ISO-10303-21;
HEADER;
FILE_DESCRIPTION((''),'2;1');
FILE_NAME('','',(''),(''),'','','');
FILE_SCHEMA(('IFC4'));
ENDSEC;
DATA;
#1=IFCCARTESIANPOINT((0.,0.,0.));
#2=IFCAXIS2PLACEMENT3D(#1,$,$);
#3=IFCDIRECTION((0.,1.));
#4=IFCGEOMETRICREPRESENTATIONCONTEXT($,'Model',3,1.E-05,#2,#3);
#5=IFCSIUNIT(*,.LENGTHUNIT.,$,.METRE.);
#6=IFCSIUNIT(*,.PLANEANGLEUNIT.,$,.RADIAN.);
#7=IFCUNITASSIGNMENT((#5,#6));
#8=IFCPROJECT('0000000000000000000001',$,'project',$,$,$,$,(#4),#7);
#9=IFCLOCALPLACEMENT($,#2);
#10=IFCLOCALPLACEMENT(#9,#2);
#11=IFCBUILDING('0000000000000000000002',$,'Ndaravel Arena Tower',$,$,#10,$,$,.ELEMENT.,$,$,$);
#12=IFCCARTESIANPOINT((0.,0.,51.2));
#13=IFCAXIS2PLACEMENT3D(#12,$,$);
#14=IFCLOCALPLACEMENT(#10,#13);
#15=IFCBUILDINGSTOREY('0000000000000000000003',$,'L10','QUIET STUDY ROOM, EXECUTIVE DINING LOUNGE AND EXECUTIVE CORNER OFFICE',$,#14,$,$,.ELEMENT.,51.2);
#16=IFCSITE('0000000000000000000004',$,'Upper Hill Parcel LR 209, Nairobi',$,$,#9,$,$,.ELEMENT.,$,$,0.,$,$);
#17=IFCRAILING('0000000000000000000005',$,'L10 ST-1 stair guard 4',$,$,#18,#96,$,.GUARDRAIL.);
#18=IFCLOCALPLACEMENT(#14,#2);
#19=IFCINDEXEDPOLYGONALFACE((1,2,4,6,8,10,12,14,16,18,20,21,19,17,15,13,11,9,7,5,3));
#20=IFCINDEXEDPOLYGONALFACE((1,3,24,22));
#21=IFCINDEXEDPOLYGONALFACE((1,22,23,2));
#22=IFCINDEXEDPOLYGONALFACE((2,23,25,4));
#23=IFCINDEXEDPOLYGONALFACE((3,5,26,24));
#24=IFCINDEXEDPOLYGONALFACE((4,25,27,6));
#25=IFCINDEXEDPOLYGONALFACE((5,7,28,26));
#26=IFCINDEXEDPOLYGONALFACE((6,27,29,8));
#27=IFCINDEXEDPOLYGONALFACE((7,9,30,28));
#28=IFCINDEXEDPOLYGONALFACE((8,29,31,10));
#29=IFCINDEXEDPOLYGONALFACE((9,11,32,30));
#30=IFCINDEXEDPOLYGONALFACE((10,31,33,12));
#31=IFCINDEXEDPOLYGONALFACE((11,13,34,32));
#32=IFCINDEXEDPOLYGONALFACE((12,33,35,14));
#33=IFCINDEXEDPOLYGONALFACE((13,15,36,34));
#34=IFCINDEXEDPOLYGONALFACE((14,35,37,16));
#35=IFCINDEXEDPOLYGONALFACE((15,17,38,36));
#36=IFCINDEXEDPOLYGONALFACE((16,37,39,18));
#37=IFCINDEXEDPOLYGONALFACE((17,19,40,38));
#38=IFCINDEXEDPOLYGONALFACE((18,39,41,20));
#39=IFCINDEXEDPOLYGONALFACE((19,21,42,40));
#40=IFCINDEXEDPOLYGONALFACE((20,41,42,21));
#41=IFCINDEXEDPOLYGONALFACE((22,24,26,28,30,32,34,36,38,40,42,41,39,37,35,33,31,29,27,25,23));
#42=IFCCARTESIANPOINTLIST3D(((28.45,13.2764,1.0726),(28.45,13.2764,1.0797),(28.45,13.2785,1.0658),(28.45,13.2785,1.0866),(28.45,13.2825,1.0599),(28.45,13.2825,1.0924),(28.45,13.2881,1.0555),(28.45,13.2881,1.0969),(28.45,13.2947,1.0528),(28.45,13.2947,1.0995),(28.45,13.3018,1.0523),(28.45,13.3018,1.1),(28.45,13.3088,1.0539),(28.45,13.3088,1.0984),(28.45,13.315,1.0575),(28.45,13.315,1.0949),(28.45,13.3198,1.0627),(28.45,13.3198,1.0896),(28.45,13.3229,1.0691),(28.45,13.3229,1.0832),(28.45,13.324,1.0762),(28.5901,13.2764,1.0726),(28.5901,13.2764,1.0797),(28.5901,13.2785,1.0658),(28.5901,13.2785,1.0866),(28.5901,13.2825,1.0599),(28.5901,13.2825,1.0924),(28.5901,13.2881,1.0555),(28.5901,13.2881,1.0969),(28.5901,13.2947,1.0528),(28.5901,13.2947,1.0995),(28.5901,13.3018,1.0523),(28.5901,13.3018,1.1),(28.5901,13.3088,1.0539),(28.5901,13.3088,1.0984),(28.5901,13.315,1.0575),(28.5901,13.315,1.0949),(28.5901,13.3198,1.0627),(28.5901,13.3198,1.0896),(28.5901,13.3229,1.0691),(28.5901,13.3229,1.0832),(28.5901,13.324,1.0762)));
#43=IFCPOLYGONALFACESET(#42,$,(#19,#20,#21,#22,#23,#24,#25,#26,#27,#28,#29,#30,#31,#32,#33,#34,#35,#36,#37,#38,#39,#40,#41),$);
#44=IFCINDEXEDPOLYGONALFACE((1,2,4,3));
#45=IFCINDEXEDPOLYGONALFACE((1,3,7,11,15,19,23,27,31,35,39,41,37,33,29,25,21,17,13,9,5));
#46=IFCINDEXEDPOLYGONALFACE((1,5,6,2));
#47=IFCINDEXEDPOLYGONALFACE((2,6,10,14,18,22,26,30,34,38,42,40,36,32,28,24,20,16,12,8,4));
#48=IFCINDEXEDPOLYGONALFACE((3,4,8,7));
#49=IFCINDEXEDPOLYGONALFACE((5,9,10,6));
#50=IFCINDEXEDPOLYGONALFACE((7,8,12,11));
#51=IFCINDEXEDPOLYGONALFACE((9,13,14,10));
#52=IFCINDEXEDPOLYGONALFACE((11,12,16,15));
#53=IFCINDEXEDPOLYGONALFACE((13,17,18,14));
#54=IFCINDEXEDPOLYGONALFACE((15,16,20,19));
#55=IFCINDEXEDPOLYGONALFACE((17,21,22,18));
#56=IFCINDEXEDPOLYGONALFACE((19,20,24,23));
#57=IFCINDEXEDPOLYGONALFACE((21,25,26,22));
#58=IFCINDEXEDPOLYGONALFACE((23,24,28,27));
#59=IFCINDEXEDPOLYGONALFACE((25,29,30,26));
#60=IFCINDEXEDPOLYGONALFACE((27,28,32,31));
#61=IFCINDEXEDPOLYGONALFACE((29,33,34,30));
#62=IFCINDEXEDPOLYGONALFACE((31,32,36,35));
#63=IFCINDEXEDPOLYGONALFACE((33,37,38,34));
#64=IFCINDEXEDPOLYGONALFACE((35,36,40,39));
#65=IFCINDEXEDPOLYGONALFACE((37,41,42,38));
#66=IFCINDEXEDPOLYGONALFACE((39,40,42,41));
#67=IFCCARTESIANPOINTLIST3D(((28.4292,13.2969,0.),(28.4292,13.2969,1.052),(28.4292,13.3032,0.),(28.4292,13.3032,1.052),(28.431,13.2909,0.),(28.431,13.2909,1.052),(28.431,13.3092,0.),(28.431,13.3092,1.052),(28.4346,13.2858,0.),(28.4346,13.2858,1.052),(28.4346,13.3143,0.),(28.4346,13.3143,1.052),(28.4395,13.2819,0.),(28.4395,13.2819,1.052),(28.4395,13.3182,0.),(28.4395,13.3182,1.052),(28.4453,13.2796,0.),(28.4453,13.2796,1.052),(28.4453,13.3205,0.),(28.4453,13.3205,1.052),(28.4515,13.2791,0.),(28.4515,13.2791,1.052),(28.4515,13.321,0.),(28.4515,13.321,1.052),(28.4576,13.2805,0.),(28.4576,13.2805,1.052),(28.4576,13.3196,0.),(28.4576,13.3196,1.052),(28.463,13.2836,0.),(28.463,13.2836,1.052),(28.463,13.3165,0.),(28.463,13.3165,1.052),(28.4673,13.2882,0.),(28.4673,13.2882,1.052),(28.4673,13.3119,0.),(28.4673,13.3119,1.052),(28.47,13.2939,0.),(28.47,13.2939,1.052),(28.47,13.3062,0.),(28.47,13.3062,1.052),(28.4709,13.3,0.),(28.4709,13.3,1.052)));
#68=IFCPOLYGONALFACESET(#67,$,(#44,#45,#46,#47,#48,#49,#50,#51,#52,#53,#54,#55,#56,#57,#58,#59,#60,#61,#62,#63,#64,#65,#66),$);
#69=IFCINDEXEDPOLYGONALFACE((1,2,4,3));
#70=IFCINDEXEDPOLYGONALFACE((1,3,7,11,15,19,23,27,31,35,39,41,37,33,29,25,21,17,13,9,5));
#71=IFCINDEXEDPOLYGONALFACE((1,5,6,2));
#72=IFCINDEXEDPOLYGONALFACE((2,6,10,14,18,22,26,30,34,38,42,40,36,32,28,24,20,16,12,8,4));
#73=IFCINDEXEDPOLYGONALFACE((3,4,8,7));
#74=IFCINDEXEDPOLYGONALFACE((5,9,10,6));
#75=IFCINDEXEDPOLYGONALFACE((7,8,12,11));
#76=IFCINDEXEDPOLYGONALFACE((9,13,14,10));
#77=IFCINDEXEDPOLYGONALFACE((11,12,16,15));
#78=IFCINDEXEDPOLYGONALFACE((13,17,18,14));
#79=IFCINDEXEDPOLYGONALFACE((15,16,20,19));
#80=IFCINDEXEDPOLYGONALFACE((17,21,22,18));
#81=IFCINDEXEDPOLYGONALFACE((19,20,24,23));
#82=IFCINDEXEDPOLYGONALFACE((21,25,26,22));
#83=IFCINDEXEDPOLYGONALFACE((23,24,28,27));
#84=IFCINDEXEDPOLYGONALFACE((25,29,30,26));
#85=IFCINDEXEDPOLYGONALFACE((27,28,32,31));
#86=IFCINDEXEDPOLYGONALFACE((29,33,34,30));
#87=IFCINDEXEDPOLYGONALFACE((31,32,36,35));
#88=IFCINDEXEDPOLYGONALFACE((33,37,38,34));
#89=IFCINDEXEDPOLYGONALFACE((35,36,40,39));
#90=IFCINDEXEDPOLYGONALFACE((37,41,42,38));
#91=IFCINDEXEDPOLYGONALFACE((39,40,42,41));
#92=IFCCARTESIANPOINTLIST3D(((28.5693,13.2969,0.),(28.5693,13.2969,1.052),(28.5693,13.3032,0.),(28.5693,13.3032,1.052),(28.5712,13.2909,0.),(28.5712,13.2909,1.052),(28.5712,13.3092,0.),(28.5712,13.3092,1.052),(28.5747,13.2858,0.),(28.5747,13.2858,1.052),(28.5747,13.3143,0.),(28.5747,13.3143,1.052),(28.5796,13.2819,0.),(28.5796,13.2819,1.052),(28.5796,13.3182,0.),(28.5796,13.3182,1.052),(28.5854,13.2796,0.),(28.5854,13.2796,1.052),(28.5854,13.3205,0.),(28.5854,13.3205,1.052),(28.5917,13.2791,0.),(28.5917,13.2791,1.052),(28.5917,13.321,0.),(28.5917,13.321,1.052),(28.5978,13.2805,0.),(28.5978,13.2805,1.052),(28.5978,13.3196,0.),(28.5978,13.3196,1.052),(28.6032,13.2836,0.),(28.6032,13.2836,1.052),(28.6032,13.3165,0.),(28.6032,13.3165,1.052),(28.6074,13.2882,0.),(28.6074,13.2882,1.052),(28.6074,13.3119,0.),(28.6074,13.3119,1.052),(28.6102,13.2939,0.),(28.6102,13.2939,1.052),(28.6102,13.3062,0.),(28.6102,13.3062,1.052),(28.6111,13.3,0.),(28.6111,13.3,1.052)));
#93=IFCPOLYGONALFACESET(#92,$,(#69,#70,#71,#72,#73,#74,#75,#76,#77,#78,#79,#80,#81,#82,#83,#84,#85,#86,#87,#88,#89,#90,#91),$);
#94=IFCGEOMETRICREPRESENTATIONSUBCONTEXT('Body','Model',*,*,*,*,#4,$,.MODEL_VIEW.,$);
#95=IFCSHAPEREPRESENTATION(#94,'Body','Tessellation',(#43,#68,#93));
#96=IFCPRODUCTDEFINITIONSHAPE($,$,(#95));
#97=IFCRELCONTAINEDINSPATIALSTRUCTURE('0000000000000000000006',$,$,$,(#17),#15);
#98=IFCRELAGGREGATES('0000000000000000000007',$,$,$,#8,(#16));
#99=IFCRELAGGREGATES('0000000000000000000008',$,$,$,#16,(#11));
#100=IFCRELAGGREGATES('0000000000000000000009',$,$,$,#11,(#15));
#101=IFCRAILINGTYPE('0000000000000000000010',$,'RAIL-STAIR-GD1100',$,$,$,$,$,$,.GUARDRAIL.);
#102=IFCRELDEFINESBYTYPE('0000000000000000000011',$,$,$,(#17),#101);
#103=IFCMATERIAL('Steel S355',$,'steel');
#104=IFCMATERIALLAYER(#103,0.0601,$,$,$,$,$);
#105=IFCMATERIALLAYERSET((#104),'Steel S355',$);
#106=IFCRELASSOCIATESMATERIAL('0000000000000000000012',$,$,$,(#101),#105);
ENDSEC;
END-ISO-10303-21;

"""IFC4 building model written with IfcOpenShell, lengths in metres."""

from ifc_helpers import new_model, si_unit, direction, frame, origin, origin_2d, place, context, subcontext, project, spatial, circle, extrude, material, layer, layer_set, type_object, element, save


model = new_model("IFC4")

# Units and contexts
model_context = context("Model", 3, precision=1e-05, world=origin(), true_north=direction((0.0, 1.0)))
body_context = subcontext(model_context, "Body", "Model", "MODEL_VIEW")
ifc_project = project(units=[si_unit("LENGTHUNIT", "METRE"), si_unit("PLANEANGLEUNIT", "RADIAN")], contexts=[model_context])

# Site, building, storey
site_placement = place(None, origin())
site = spatial("IfcSite", under=ifc_project, at=site_placement, Name="Upper Hill Parcel LR 209, Nairobi", CompositionType="ELEMENT", RefElevation=0.0)
building_placement = place(site_placement, origin())
building = spatial("IfcBuilding", under=site, at=building_placement, Name="Ndaravel Arena Tower", CompositionType="ELEMENT")
storey_placement = place(building_placement, frame((0.0, 0.0, 51.2)))
storey = spatial("IfcBuildingStorey", under=building, at=storey_placement, Name="L10", Description="QUIET STUDY ROOM, EXECUTIVE DINING LOUNGE AND EXECUTIVE CORNER OFFICE", CompositionType="ELEMENT", Elevation=51.2)

# Railing
ifc_material_1 = material(Name="Steel S355", Category="steel")
ifc_layer_1 = layer(ifc_material_1, 0.0601)
ifc_layer_set_1 = layer_set([ifc_layer_1], Name="Steel S355")
railing_type_1 = type_object("IfcRailingType", Name="RAIL-STAIR-GD1100", PredefinedType="GUARDRAIL", material=ifc_layer_set_1)
railing_1_placement = place(storey_placement, frame((28.45, 13.3, 0.0)))
element("IfcRailing", 1, at=railing_1_placement, inside=storey, type_object=railing_type_1, Name="L10 ST-1 stair guard 4", PredefinedType="GUARDRAIL", context=body_context, shape_type="SweptSolid", body=[
    extrude(circle(Radius=0.0239, at=origin_2d()), frame((0.0, 0.0, 1.0762), z_axis=(1.0, 0.0, 0.0), x_axis=(0.0, 1.0, 0.0)), (0.0, 0.0, 1.0), 0.1401),
    extrude(circle(Radius=0.021, at=origin_2d()), origin(), (0.0, 0.0, 1.0), 1.052),
    extrude(circle(Radius=0.021, at=origin_2d()), frame((0.1401, 0.0, 0.0)), (0.0, 0.0, 1.0), 1.052),
])

save(model, "model.ifc")
